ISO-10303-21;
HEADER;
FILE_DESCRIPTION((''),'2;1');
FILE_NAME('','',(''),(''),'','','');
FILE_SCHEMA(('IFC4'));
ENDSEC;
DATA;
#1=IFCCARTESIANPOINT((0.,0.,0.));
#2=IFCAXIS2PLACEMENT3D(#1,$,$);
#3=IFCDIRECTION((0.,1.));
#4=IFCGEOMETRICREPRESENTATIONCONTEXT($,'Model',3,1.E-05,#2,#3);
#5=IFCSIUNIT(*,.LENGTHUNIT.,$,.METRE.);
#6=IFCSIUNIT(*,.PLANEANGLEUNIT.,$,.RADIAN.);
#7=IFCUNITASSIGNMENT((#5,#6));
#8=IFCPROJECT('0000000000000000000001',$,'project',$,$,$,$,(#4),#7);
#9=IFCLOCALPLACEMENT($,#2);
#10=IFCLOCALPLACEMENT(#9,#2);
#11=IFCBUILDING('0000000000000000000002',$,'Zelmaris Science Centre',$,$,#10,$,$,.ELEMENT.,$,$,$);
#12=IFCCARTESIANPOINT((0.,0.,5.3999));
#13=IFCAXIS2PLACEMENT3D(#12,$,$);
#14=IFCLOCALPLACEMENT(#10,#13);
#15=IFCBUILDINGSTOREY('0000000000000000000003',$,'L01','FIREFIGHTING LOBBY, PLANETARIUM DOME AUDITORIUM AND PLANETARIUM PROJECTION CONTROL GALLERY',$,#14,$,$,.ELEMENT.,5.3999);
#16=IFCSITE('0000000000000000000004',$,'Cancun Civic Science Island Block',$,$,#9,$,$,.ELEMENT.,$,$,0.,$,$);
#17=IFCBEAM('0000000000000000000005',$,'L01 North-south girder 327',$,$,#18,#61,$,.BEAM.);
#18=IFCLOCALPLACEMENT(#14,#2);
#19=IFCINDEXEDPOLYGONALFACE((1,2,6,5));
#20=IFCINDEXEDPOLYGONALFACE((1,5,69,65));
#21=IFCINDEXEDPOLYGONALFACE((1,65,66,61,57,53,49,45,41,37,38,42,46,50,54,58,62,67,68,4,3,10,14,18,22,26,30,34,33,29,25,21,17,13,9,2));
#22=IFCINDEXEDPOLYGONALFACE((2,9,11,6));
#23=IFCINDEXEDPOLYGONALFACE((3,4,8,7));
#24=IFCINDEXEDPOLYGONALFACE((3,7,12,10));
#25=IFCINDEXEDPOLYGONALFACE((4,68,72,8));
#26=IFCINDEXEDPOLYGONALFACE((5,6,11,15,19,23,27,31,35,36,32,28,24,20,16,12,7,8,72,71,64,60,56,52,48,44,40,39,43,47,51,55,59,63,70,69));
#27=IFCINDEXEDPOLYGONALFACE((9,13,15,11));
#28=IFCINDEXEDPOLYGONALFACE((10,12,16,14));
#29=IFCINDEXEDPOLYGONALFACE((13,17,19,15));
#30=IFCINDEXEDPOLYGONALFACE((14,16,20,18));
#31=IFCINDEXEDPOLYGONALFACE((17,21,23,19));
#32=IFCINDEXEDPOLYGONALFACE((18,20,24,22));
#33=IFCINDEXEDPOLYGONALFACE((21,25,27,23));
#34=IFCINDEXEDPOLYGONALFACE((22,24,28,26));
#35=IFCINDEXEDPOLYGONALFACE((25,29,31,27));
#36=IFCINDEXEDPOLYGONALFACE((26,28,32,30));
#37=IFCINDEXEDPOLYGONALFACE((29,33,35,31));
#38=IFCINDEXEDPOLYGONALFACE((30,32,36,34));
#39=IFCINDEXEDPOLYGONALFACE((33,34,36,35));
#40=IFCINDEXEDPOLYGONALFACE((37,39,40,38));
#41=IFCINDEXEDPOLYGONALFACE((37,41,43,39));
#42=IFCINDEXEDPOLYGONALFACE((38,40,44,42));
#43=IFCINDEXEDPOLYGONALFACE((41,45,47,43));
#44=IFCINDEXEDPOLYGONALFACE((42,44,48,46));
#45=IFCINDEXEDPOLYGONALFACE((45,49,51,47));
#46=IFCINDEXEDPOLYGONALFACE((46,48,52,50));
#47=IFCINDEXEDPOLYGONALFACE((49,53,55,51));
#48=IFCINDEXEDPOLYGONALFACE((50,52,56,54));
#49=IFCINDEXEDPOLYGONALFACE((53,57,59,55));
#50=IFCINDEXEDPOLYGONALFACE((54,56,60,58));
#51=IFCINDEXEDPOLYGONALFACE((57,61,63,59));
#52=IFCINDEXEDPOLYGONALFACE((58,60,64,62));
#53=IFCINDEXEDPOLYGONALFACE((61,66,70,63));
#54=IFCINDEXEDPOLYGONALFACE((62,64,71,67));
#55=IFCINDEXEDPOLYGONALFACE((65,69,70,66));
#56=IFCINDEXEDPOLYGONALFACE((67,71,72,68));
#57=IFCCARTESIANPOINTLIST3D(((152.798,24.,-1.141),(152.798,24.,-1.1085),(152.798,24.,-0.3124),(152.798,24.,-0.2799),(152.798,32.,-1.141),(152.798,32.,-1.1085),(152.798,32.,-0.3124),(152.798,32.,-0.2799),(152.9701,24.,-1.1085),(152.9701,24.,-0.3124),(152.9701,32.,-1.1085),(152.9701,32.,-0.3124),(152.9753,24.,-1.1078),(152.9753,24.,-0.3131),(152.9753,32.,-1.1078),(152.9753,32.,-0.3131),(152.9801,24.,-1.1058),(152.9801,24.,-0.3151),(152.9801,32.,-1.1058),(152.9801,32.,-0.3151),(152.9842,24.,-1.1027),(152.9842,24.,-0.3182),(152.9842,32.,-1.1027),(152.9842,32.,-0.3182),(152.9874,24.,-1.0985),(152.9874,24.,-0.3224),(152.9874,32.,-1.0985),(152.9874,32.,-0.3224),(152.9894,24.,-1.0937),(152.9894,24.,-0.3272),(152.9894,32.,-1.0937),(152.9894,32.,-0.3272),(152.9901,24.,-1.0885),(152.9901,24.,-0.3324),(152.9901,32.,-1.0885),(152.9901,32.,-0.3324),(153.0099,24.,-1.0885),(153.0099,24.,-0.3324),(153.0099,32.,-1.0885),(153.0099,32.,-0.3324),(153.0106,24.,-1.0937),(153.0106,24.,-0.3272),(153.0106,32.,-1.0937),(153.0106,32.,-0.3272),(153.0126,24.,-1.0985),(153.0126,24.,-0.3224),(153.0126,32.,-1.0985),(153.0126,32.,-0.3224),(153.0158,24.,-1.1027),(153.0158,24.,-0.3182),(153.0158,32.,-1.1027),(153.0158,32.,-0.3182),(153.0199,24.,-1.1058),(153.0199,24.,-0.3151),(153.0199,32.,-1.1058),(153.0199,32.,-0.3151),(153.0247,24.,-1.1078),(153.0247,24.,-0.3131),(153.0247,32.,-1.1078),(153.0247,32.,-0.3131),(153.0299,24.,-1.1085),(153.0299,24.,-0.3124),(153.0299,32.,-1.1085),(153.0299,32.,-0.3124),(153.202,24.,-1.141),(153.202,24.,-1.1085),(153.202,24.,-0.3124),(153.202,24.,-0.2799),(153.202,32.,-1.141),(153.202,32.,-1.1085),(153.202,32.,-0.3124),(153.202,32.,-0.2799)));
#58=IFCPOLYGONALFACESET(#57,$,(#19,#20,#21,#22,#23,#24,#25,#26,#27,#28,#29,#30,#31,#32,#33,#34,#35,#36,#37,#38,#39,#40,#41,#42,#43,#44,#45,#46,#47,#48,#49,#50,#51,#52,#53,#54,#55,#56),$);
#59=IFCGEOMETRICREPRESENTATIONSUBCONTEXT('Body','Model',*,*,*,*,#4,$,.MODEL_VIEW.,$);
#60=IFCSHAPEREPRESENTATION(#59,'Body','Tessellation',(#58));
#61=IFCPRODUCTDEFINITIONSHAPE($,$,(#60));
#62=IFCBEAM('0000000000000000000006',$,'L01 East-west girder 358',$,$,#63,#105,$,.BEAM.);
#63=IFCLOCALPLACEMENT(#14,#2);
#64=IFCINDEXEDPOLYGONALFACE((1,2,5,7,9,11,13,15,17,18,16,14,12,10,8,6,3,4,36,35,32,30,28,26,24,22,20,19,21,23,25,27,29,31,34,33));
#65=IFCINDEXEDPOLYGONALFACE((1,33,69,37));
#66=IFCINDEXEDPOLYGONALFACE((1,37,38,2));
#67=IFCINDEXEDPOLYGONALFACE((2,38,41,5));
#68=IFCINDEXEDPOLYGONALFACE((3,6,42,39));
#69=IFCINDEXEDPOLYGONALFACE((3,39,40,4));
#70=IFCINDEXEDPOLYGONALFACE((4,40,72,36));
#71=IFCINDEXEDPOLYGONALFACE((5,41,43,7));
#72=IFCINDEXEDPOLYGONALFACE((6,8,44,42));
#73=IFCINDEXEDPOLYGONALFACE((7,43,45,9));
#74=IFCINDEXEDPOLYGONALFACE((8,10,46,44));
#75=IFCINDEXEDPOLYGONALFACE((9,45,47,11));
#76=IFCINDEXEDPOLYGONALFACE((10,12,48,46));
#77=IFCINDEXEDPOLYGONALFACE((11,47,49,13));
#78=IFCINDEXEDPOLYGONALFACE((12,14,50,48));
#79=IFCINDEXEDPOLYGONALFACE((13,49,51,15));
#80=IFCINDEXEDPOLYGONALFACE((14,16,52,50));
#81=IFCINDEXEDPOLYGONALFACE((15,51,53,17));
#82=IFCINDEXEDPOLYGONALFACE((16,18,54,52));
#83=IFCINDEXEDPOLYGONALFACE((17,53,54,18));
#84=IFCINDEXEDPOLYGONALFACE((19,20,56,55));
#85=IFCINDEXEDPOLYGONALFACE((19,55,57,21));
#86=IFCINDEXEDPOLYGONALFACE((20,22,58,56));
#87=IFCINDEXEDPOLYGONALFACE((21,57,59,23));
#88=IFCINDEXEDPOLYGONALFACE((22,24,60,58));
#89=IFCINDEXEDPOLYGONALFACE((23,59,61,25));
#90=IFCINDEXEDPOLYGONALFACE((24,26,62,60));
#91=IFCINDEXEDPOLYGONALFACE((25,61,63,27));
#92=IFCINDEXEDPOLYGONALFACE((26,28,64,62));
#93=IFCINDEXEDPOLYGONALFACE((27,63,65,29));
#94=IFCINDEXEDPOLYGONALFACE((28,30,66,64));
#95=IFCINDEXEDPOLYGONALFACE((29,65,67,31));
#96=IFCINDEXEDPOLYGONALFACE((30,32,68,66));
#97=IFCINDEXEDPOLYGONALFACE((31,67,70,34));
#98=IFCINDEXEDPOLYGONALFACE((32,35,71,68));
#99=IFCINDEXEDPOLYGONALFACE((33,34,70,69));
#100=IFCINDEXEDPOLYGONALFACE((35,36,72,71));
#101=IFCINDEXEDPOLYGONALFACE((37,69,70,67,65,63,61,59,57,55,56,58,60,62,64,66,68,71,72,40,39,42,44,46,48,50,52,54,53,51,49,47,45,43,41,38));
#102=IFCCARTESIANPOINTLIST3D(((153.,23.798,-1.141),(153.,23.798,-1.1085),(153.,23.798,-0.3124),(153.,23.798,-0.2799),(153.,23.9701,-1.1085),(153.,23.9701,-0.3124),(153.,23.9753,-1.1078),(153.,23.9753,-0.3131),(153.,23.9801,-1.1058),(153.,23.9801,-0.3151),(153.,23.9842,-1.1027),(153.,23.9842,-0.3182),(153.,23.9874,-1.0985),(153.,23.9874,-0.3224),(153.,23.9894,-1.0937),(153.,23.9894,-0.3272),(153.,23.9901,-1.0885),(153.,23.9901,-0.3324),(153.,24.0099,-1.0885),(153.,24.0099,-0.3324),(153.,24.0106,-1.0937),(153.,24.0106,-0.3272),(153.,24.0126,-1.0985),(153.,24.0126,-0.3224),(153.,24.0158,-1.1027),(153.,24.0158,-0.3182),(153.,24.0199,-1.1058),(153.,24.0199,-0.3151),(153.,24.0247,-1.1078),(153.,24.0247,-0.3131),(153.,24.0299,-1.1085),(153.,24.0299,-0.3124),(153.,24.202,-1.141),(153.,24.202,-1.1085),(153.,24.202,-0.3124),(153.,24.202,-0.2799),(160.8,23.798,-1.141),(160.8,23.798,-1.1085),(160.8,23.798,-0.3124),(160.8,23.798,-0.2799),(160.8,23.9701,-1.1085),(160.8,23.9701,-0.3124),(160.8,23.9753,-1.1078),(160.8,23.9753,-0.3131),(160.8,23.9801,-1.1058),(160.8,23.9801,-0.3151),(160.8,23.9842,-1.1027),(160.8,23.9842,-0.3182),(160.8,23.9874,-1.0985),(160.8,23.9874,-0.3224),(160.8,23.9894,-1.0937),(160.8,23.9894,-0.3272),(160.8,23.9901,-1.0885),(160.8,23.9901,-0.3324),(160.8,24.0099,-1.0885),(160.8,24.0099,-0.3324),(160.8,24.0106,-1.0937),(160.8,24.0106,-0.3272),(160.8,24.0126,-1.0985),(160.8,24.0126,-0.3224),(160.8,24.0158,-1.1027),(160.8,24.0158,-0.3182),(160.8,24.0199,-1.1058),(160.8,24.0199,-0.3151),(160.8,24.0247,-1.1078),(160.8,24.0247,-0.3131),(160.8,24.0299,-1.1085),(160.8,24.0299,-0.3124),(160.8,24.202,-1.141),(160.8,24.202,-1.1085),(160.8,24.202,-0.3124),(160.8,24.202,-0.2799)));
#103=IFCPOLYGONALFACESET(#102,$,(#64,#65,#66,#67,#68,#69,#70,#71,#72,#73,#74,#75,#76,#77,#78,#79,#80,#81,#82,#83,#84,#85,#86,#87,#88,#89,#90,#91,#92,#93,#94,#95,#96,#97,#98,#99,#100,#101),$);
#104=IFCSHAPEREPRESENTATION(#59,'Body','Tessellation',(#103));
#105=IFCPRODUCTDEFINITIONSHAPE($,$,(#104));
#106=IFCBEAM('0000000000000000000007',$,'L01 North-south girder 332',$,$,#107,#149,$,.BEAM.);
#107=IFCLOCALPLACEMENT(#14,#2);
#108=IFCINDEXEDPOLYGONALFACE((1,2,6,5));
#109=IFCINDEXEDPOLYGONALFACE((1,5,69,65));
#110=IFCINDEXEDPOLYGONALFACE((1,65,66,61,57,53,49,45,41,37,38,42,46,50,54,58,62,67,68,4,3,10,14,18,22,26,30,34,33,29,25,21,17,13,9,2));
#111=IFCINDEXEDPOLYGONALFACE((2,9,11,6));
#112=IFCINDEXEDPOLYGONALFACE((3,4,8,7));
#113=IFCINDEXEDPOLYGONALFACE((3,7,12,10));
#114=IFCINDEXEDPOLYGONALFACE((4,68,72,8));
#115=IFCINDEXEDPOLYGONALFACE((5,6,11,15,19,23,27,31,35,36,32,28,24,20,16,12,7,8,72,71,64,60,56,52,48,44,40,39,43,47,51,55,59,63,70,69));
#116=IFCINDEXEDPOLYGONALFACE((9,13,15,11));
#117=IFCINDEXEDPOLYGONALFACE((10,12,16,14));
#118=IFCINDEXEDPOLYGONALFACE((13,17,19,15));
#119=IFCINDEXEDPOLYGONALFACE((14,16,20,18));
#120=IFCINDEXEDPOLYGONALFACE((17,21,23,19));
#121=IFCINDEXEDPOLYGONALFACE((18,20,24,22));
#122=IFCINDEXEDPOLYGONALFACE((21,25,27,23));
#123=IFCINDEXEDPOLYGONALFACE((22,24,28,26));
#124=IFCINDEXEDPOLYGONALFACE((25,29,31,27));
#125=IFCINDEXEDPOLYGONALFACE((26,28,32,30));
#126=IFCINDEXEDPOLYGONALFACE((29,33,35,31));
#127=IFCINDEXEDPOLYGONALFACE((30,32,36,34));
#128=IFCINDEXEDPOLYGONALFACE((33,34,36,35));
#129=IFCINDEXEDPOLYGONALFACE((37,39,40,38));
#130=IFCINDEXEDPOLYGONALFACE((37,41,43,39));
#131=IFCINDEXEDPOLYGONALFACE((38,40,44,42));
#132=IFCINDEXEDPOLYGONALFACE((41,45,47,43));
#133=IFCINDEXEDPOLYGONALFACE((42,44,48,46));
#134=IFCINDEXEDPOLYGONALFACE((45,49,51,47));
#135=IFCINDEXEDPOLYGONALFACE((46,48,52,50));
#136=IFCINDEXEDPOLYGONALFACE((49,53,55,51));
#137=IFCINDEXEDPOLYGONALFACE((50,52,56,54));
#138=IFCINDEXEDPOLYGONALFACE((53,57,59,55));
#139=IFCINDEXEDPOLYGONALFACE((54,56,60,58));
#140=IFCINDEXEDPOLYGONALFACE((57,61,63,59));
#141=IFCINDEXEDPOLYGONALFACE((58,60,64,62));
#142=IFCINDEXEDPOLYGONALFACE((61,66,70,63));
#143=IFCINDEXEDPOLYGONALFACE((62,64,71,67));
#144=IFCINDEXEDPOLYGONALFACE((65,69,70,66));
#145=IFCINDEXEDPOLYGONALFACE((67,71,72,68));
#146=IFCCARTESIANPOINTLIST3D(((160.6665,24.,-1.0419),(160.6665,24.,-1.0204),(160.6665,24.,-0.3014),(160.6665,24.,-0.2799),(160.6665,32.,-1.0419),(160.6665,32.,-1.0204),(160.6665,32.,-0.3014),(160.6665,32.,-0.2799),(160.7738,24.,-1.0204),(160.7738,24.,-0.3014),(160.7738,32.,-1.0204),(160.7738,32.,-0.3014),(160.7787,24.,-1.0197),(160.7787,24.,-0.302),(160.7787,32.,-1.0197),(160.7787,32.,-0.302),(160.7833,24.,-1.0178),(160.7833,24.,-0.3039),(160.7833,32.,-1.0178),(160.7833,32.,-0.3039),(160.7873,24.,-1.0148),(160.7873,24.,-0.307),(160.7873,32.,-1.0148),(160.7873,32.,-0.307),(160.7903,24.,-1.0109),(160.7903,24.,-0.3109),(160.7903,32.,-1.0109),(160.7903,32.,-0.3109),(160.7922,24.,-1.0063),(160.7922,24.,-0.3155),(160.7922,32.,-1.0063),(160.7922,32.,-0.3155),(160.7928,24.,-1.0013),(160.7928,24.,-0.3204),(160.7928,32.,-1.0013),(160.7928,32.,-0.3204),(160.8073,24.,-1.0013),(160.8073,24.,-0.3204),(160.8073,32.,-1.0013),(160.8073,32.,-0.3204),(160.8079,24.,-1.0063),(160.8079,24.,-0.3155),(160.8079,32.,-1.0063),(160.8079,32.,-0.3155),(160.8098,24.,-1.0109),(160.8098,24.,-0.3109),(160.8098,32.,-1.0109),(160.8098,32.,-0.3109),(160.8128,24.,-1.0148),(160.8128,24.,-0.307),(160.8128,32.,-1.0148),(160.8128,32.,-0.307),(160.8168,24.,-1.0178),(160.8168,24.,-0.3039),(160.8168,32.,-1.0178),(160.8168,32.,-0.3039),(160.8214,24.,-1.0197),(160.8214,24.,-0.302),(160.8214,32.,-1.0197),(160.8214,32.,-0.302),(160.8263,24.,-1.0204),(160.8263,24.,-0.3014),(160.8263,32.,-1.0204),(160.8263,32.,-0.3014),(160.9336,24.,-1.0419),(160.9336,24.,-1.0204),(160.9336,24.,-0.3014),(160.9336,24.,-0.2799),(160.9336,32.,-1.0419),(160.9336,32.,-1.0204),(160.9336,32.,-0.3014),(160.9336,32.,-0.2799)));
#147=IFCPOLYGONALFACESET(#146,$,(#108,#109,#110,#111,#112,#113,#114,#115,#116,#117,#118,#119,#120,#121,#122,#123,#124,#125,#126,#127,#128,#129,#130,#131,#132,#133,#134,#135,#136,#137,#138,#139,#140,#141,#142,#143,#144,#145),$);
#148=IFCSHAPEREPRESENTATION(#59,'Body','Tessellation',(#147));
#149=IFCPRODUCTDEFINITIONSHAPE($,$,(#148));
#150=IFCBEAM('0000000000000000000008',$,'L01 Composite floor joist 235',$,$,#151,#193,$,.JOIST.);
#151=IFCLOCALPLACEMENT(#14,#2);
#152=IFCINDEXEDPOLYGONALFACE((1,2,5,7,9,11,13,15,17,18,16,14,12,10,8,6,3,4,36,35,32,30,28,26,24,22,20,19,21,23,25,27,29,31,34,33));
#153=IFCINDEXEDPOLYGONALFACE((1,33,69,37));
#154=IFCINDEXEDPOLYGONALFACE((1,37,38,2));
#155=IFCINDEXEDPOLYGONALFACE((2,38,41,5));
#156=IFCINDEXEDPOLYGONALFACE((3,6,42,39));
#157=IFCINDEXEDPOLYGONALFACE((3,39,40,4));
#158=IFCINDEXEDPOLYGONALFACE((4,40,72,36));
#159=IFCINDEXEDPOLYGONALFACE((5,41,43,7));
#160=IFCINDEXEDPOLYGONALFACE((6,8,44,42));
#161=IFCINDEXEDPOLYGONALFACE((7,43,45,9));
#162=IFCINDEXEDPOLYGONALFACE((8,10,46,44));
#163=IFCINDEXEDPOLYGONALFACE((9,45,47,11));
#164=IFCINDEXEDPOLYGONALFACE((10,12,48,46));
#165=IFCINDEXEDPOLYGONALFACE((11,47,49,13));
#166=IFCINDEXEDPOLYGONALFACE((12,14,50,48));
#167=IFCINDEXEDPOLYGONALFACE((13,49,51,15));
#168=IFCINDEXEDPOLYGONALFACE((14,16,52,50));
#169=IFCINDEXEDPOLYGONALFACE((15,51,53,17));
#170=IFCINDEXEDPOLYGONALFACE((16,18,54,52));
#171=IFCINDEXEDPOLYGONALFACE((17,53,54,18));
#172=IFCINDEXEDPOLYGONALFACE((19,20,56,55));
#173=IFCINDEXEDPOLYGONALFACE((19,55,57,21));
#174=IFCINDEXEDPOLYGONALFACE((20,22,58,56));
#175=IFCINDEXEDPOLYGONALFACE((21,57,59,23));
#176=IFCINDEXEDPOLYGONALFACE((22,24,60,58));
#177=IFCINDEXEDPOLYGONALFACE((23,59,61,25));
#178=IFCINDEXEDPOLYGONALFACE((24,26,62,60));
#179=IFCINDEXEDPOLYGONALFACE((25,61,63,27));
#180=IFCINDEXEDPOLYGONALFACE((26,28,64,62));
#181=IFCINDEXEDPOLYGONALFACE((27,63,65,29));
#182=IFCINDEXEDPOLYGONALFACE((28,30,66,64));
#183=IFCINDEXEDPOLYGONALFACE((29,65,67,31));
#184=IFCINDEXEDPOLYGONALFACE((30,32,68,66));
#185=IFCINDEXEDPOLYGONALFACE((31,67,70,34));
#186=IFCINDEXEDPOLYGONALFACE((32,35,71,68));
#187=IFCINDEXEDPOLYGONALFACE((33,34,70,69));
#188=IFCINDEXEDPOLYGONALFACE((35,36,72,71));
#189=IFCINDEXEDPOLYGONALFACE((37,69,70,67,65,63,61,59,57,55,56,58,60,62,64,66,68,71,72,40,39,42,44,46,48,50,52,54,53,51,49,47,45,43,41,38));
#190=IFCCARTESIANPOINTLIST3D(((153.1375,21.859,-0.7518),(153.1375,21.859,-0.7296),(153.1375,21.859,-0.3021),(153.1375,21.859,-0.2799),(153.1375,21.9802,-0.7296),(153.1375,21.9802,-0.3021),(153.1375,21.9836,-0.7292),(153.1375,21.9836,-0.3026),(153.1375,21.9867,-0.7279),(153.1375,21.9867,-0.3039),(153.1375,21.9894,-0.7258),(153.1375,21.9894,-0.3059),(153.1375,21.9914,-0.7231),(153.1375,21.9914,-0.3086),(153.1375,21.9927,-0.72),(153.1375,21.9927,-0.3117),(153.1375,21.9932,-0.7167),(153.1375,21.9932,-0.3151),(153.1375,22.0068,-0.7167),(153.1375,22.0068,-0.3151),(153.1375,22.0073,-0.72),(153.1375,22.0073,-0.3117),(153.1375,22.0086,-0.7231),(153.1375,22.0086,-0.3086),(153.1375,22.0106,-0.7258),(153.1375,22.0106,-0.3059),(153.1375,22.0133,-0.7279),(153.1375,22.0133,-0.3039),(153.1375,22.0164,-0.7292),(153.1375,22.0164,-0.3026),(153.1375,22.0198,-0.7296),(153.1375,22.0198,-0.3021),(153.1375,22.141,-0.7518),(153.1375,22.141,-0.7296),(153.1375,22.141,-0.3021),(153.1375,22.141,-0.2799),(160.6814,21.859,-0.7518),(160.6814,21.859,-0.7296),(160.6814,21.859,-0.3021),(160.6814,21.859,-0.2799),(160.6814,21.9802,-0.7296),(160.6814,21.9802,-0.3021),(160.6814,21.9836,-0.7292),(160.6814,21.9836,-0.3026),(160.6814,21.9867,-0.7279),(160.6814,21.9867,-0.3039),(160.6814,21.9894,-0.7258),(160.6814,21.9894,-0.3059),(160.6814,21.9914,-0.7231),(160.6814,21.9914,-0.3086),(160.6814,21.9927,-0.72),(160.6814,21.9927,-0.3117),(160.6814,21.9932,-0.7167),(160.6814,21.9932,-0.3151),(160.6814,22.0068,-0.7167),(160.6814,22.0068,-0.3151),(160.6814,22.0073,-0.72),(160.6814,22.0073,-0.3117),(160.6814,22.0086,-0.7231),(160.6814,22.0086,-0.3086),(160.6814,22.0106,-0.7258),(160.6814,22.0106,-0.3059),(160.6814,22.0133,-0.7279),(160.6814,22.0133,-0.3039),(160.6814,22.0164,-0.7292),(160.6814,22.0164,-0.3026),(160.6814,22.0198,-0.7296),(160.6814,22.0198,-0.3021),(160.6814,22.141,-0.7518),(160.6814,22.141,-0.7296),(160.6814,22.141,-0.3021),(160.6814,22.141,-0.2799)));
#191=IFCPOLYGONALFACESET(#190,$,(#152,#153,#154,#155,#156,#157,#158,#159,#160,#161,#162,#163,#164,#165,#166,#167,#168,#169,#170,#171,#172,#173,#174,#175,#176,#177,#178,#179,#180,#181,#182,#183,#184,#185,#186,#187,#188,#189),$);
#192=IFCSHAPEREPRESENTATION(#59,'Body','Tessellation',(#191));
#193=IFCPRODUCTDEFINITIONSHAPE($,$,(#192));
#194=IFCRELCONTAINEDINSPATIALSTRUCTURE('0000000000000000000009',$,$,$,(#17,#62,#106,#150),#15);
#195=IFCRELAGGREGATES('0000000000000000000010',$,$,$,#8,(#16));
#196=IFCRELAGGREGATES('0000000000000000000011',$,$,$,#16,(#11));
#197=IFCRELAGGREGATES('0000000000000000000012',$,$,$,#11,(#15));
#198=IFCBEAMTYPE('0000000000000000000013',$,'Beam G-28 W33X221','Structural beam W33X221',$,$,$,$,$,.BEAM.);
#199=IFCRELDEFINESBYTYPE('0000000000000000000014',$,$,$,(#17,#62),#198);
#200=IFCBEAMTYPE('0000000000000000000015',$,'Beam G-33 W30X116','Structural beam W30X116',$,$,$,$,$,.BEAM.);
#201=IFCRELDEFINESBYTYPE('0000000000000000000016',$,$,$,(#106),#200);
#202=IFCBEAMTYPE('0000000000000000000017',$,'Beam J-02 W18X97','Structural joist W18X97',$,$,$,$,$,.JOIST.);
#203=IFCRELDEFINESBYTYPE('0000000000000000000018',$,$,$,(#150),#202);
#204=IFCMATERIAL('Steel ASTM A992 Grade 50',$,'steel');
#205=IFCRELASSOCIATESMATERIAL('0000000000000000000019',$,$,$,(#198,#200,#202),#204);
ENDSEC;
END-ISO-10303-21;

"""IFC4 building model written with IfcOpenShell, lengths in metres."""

from ifc_helpers import new_model, si_unit, direction, frame, origin, origin_2d, place, context, subcontext, project, spatial, i_section, extrude, material, material_profile, profile_set, type_object, element, save


model = new_model("IFC4")

# Units and contexts
model_context = context("Model", 3, precision=1e-05, world=origin(), true_north=direction((0.0, 1.0)))
body_context = subcontext(model_context, "Body", "Model", "MODEL_VIEW")
ifc_project = project(units=[si_unit("LENGTHUNIT", "METRE"), si_unit("PLANEANGLEUNIT", "RADIAN")], contexts=[model_context])

# Site, building, storey
site_placement = place(None, origin())
site = spatial("IfcSite", under=ifc_project, at=site_placement, Name="Cancun Civic Science Island Block", CompositionType="ELEMENT", RefElevation=0.0)
building_placement = place(site_placement, origin())
building = spatial("IfcBuilding", under=site, at=building_placement, Name="Zelmaris Science Centre", CompositionType="ELEMENT")
storey_placement = place(building_placement, frame((0.0, 0.0, 5.3999)))
storey = spatial("IfcBuildingStorey", under=building, at=storey_placement, Name="L01", Description="FIREFIGHTING LOBBY, PLANETARIUM DOME AUDITORIUM AND PLANETARIUM PROJECTION CONTROL GALLERY", CompositionType="ELEMENT", Elevation=5.3999)

# Shared definitions
ifc_material_1 = material(Name="Steel ASTM A992 Grade 50", Category="steel")

# Beams
ifc_material_profile_1 = material_profile(ifc_material_1, i_section(OverallWidth=0.4041, OverallDepth=0.8611, WebThickness=0.0198, FlangeThickness=0.0325, FilletRadius=0.02, at=origin_2d()), Name="W33X221")
ifc_profile_set_1 = profile_set([ifc_material_profile_1], Name="Steel ASTM A992 Grade 50")
beam_type_1 = type_object("IfcBeamType", Name="Beam G-28 W33X221", Description="Structural beam W33X221", PredefinedType="BEAM", material=ifc_profile_set_1)
beam_1_placement = place(storey_placement, frame((153.0, 24.0, -0.7104), z_axis=(0.0, 1.0, 0.0), x_axis=(-1.0, 0.0, 0.0)))
element("IfcBeam", 1, at=beam_1_placement, inside=storey, type_object=beam_type_1, Name="L01 North-south girder 327", PredefinedType="BEAM", context=body_context, shape_type="SweptSolid", body=[
    extrude(i_section(OverallWidth=0.4041, OverallDepth=0.8611, WebThickness=0.0198, FlangeThickness=0.0325, FilletRadius=0.02, at=origin_2d()), origin(), (0.0, 0.0, 1.0), 8.0),
])
beam_2_placement = place(storey_placement, frame((153.0, 24.0, -0.7104), z_axis=(1.0, 0.0, 0.0), x_axis=(0.0, 1.0, 0.0)))
element("IfcBeam", 2, at=beam_2_placement, inside=storey, type_object=beam_type_1, Name="L01 East-west girder 358", PredefinedType="BEAM", context=body_context, shape_type="SweptSolid", body=[
    extrude(i_section(OverallWidth=0.4041, OverallDepth=0.8611, WebThickness=0.0198, FlangeThickness=0.0325, FilletRadius=0.02, at=origin_2d()), origin(), (0.0, 0.0, 1.0), 7.8),
])
ifc_material_profile_2 = material_profile(ifc_material_1, i_section(OverallWidth=0.2671, OverallDepth=0.762, WebThickness=0.0144, FlangeThickness=0.0215, FilletRadius=0.019, at=origin_2d()), Name="W30X116")
ifc_profile_set_2 = profile_set([ifc_material_profile_2], Name="Steel ASTM A992 Grade 50")
beam_type_2 = type_object("IfcBeamType", Name="Beam G-33 W30X116", Description="Structural beam W30X116", PredefinedType="BEAM", material=ifc_profile_set_2)
beam_3_placement = place(storey_placement, frame((160.8, 24.0, -0.6609), z_axis=(0.0, 1.0, 0.0), x_axis=(-1.0, 0.0, 0.0)))
element("IfcBeam", 3, at=beam_3_placement, inside=storey, type_object=beam_type_2, Name="L01 North-south girder 332", PredefinedType="BEAM", context=body_context, shape_type="SweptSolid", body=[
    extrude(i_section(OverallWidth=0.2671, OverallDepth=0.762, WebThickness=0.0144, FlangeThickness=0.0215, FilletRadius=0.019, at=origin_2d()), origin(), (0.0, 0.0, 1.0), 8.0),
])
ifc_material_profile_3 = material_profile(ifc_material_1, i_section(OverallWidth=0.282, OverallDepth=0.4719, WebThickness=0.0137, FlangeThickness=0.0222, FilletRadius=0.0129, at=origin_2d()), Name="W18X97")
ifc_profile_set_3 = profile_set([ifc_material_profile_3], Name="Steel ASTM A992 Grade 50")
beam_type_3 = type_object("IfcBeamType", Name="Beam J-02 W18X97", Description="Structural joist W18X97", PredefinedType="JOIST", material=ifc_profile_set_3)
beam_4_placement = place(storey_placement, frame((153.1375, 22.0, -0.5159), z_axis=(1.0, 0.0, 0.0), x_axis=(0.0, 1.0, 0.0)))
element("IfcBeam", 4, at=beam_4_placement, inside=storey, type_object=beam_type_3, Name="L01 Composite floor joist 235", PredefinedType="JOIST", context=body_context, shape_type="SweptSolid", body=[
    extrude(i_section(OverallWidth=0.282, OverallDepth=0.4719, WebThickness=0.0137, FlangeThickness=0.0222, FilletRadius=0.0129, at=origin_2d()), origin(), (0.0, 0.0, 1.0), 7.5439),
])

save(model, "model.ifc")
